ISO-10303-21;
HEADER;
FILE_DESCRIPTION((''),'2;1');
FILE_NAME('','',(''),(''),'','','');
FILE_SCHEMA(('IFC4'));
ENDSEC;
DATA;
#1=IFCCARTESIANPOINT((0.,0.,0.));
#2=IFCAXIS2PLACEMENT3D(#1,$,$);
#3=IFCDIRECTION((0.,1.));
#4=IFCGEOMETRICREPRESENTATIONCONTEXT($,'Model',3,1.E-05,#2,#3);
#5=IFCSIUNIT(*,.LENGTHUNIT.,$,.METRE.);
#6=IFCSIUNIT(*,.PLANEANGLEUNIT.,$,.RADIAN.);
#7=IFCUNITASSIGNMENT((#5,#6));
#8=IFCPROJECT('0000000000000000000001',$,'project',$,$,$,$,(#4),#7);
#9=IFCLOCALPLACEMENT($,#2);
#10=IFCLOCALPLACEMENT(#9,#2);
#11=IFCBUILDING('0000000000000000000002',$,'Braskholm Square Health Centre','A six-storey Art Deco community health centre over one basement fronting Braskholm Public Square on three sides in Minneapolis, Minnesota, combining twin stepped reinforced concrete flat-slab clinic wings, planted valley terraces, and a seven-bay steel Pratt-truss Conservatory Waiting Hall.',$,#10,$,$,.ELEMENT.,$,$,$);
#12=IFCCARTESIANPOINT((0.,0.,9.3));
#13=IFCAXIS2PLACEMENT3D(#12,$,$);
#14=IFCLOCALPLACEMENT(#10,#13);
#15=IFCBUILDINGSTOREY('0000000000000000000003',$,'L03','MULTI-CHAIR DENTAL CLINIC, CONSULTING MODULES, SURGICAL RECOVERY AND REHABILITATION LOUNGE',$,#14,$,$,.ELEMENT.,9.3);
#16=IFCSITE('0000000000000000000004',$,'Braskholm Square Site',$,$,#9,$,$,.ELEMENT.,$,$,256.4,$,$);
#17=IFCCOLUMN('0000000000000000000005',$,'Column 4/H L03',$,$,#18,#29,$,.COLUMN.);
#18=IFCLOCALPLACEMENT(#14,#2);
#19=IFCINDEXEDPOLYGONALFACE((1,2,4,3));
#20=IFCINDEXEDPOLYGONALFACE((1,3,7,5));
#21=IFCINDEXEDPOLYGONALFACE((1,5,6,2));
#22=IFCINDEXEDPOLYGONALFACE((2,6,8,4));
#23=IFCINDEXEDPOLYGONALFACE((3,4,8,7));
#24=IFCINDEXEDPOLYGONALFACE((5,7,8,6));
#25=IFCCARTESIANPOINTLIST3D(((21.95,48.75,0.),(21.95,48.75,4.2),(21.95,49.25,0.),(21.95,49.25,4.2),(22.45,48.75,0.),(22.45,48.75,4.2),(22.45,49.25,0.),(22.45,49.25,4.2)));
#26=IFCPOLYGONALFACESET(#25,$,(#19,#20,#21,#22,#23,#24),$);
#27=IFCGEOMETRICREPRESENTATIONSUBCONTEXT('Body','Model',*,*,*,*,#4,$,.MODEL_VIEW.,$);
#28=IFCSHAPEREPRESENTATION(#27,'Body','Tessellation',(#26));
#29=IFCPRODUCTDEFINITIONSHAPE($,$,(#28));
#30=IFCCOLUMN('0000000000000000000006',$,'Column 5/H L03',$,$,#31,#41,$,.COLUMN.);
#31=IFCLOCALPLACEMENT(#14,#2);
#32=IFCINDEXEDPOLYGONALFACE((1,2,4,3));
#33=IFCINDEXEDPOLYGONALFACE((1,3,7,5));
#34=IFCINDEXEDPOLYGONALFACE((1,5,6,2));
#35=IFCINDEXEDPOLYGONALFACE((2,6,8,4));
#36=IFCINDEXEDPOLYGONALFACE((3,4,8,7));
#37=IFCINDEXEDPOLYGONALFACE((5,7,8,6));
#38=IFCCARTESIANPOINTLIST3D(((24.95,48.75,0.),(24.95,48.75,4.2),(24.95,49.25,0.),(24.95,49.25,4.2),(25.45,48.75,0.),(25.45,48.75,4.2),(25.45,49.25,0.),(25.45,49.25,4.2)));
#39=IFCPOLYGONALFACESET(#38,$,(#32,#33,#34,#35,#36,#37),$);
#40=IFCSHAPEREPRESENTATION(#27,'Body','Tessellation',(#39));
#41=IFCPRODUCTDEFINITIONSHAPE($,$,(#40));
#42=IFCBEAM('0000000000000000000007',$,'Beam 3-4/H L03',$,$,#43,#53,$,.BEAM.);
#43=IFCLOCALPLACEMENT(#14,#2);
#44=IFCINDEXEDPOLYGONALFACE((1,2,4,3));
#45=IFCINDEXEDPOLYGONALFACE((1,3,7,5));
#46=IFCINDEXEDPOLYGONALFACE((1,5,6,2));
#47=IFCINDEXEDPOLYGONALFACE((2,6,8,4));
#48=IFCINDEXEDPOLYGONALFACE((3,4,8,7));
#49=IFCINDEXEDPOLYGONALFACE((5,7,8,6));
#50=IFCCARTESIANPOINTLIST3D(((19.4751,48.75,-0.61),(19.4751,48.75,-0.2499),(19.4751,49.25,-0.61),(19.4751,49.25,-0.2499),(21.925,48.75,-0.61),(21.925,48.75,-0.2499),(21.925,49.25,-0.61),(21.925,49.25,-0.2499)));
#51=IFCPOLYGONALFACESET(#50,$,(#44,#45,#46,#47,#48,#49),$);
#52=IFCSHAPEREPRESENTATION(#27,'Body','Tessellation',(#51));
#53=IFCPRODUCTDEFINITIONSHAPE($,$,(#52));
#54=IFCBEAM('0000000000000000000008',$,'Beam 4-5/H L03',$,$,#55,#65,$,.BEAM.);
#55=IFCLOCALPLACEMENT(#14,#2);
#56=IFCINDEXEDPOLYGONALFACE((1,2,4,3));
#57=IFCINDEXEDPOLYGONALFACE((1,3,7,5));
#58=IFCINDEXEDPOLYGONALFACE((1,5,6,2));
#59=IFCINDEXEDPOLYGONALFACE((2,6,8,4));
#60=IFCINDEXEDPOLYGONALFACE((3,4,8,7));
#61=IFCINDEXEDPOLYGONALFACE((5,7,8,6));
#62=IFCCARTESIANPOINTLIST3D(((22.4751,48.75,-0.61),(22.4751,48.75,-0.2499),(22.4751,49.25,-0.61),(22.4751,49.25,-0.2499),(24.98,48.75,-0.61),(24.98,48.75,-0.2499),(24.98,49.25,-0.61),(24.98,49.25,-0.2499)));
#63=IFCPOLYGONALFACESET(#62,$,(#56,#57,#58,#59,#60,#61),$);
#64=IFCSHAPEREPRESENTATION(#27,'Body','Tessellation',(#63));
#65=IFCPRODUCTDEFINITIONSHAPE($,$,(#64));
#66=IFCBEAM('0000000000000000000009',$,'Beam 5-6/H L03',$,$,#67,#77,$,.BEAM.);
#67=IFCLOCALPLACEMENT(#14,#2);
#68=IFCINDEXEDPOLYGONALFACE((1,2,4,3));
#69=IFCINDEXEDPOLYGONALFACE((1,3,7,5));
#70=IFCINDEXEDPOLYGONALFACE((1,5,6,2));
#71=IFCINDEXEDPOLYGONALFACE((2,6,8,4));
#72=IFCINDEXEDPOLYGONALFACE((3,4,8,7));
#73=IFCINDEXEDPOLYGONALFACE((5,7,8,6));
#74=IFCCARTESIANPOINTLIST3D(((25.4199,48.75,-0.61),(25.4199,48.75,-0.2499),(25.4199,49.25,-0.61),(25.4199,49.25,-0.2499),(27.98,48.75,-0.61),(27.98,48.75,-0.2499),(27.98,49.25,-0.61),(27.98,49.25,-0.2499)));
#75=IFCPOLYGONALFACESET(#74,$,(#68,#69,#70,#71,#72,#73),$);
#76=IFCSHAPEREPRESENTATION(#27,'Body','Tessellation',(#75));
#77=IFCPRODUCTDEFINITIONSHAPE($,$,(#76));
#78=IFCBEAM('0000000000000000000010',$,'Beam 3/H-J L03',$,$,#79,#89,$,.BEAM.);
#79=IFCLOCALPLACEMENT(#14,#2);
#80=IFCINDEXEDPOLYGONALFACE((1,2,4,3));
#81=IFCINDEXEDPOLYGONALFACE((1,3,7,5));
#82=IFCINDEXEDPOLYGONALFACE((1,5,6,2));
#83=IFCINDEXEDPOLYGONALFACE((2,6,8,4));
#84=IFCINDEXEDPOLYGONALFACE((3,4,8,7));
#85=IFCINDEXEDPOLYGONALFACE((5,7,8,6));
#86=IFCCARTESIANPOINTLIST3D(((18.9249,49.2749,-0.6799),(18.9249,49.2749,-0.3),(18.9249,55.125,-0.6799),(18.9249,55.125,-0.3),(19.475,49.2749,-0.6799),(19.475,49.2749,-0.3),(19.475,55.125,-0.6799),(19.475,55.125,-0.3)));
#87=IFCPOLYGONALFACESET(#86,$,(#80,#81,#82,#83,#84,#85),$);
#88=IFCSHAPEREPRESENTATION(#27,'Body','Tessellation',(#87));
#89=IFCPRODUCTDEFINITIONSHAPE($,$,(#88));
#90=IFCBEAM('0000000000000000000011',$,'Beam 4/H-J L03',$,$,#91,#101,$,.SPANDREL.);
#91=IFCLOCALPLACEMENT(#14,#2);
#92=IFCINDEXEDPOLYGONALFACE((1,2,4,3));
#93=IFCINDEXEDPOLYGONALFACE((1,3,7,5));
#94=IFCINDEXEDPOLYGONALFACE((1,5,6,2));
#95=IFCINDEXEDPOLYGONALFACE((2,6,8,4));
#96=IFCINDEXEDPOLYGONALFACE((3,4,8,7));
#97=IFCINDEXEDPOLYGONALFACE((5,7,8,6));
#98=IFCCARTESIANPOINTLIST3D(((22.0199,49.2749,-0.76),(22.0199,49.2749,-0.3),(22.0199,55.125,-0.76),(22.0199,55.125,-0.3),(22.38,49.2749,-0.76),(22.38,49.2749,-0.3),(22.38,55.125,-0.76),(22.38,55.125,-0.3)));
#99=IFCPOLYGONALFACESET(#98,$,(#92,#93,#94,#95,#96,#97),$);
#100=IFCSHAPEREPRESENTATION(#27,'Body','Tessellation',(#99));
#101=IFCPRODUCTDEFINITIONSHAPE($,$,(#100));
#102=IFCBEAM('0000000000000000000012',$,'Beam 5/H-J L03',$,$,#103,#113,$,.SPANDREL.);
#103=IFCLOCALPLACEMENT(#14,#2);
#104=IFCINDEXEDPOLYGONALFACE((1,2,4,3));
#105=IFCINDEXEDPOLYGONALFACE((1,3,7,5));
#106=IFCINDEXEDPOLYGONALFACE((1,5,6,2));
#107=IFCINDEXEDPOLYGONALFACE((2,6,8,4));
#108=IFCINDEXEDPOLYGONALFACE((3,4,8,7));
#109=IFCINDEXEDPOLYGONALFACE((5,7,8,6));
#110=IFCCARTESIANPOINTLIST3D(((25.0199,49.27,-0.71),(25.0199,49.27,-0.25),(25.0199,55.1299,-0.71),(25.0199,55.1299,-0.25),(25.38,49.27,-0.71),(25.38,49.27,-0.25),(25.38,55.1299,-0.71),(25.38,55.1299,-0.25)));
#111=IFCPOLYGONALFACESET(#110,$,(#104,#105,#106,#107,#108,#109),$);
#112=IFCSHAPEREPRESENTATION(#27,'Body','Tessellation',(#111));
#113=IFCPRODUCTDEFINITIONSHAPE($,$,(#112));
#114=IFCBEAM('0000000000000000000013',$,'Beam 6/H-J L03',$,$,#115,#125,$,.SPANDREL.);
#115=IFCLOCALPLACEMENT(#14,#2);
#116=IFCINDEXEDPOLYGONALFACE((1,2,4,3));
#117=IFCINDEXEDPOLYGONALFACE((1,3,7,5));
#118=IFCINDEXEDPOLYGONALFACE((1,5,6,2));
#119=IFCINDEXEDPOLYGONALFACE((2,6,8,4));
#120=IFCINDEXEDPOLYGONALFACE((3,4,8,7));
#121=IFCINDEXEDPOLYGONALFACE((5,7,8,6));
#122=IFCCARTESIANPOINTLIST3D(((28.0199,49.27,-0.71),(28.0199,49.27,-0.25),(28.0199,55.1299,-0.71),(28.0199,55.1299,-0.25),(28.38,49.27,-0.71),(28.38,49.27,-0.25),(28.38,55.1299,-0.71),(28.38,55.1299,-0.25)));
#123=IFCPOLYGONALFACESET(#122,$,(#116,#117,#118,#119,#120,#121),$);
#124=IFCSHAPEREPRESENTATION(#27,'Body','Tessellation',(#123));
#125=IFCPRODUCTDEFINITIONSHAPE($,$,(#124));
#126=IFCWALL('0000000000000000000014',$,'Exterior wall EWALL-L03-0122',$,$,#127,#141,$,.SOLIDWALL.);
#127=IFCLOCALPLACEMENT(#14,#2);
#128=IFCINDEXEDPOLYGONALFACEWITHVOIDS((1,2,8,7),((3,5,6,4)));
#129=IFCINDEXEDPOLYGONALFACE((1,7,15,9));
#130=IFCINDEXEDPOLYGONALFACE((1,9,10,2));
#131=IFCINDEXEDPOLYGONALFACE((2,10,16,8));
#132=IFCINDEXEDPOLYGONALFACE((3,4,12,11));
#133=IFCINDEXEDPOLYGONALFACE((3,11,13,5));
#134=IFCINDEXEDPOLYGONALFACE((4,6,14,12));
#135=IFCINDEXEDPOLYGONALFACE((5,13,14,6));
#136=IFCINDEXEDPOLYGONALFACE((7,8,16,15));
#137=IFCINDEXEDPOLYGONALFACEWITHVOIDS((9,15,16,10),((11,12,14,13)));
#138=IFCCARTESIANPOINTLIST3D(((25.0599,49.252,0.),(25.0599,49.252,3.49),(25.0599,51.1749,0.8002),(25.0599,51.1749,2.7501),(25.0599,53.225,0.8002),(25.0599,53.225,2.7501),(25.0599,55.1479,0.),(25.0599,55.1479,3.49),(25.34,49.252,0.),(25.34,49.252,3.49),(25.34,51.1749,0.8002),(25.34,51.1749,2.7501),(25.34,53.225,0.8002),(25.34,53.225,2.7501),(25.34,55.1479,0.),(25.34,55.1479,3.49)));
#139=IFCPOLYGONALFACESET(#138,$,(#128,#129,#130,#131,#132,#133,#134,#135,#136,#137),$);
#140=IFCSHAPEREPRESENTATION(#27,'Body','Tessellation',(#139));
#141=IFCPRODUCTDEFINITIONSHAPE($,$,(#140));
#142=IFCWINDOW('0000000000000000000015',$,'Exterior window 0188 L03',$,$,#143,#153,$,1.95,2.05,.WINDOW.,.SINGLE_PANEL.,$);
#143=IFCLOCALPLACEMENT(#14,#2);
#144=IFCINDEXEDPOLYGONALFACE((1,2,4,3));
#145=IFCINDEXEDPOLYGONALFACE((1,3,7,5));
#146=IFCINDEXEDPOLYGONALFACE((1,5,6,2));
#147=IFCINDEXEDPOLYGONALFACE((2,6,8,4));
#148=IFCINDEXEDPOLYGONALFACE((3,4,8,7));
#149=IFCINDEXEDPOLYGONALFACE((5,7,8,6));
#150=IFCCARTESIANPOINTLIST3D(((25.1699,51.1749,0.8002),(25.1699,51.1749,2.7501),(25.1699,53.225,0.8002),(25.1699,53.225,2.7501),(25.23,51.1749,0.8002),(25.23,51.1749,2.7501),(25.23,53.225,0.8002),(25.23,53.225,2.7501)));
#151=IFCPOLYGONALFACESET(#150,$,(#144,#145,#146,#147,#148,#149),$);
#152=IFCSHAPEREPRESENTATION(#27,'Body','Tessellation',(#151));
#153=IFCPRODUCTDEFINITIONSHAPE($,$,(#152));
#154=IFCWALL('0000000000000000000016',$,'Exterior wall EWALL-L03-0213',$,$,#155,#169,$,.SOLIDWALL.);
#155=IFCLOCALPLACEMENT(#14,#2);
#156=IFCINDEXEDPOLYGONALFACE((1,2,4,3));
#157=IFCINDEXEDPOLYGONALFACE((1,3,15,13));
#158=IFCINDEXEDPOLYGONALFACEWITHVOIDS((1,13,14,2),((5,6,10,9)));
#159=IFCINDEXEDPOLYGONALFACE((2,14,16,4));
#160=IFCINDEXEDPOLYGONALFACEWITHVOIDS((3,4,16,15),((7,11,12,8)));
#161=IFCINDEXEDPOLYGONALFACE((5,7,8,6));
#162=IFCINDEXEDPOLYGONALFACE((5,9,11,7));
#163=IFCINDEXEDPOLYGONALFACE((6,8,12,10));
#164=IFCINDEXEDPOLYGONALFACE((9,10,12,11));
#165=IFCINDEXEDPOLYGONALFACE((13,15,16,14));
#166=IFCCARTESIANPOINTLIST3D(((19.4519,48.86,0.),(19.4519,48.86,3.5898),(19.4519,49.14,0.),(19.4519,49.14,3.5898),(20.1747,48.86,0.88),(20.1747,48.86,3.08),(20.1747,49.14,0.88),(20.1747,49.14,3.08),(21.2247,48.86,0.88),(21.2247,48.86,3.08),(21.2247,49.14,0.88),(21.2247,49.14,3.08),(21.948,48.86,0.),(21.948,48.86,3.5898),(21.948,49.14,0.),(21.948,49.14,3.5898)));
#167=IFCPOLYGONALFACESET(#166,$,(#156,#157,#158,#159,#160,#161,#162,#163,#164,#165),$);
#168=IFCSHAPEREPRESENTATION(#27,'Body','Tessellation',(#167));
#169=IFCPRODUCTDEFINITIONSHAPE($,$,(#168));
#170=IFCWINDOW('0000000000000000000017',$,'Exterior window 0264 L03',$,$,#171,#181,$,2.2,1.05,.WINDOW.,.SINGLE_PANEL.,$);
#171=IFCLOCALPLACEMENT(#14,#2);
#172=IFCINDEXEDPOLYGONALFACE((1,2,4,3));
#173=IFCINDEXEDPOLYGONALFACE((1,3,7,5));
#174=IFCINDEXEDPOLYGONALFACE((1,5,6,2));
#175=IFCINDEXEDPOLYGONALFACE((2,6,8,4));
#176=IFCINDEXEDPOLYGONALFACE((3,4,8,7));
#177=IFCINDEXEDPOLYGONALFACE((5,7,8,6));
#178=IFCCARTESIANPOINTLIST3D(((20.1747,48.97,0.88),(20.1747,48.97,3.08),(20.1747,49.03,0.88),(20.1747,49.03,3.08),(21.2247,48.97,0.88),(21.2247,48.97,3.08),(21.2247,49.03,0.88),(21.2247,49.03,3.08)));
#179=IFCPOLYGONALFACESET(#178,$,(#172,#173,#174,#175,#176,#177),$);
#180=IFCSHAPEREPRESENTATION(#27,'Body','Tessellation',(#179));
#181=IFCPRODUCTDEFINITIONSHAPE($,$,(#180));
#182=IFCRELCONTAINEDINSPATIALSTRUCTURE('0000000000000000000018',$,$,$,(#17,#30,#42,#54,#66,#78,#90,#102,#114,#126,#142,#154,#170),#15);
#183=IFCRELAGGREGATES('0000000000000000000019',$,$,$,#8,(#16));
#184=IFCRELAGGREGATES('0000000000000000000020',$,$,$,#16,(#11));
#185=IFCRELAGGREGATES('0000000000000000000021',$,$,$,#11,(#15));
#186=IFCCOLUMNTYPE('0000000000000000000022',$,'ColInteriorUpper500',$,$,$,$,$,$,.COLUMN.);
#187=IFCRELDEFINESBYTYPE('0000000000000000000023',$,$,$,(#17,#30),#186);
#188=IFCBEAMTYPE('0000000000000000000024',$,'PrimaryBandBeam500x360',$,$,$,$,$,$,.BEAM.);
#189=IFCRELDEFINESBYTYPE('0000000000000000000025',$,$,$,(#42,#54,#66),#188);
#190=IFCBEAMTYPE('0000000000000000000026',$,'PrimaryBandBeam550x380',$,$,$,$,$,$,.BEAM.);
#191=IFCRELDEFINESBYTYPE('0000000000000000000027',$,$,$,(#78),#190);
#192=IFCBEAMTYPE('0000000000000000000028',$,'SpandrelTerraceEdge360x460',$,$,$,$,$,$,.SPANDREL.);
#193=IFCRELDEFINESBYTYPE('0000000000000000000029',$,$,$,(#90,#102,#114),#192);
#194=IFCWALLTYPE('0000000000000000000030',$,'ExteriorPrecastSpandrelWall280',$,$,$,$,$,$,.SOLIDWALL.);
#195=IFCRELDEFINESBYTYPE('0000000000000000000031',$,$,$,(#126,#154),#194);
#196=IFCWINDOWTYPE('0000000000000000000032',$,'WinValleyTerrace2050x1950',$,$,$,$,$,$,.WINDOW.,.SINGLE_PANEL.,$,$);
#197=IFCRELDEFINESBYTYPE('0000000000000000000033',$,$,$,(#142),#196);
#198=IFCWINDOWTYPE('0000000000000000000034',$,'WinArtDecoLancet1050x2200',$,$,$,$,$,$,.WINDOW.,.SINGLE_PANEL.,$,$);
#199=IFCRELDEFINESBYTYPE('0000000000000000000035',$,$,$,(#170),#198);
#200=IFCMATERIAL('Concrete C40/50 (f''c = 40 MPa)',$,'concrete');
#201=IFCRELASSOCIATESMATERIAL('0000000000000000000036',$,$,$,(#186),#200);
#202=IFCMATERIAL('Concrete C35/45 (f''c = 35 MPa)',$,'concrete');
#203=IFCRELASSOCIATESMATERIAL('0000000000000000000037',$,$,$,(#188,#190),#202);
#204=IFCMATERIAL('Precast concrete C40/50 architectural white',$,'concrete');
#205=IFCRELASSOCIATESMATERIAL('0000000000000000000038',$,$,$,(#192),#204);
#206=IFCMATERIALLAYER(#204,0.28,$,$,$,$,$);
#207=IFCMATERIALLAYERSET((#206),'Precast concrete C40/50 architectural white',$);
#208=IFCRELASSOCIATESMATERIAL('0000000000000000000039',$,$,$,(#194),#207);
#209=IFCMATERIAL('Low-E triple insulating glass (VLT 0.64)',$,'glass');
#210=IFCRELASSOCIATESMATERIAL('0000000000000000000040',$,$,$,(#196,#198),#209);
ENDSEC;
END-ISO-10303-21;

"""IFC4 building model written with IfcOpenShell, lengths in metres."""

from ifc_helpers import new_model, si_unit, direction, frame, frame_2d, origin, origin_with_axes, origin_2d, place, context, subcontext, project, spatial, rectangle, extrude, material, layer, layer_set, material_profile, profile_set, type_object, element, fill, save


model = new_model("IFC4")

# Units and contexts
model_context = context("Model", 3, precision=1e-05, world=origin(), true_north=direction((0.0, 1.0)))
body_context = subcontext(model_context, "Body", "Model", "MODEL_VIEW")
ifc_project = project(units=[si_unit("LENGTHUNIT", "METRE"), si_unit("PLANEANGLEUNIT", "RADIAN")], contexts=[model_context])

# Site, building, storey
site_placement = place(None, origin())
site = spatial("IfcSite", under=ifc_project, at=site_placement, Name="Braskholm Square Site", CompositionType="ELEMENT", RefElevation=256.4)
building_placement = place(site_placement, origin())
building = spatial("IfcBuilding", under=site, at=building_placement, Name="Braskholm Square Health Centre", Description="A six-storey Art Deco community health centre over one basement fronting Braskholm Public Square on three sides in Minneapolis, Minnesota, combining twin stepped reinforced concrete flat-slab clinic wings, planted valley terraces, and a seven-bay steel Pratt-truss Conservatory Waiting Hall.", CompositionType="ELEMENT")
storey_placement = place(building_placement, frame((0.0, 0.0, 9.3)))
storey = spatial("IfcBuildingStorey", under=building, at=storey_placement, Name="L03", Description="MULTI-CHAIR DENTAL CLINIC, CONSULTING MODULES, SURGICAL RECOVERY AND REHABILITATION LOUNGE", CompositionType="ELEMENT", Elevation=9.3)

# Columns
ifc_material_1 = material(Name="Concrete C40/50 (f'c = 40 MPa)", Category="concrete")
ifc_material_profile_1 = material_profile(ifc_material_1, rectangle(XDim=0.5, YDim=0.5, at=origin_2d()), Name="RC-500X500")
ifc_profile_set_1 = profile_set([ifc_material_profile_1], Name="Concrete C40/50 (f'c = 40 MPa)")
column_type = type_object("IfcColumnType", Name="ColInteriorUpper500", PredefinedType="COLUMN", material=ifc_profile_set_1)
for number, where, z_axis, x_axis, name in (
    (1, (22.2, 49.0, 0.0), (0.0, 0.0, 1.0), (1.0, 0.0, 0.0), "Column 4/H L03"),
    (2, (25.2, 49.0, 0.0), (0.0, 0.0, 1.0), (1.0, 0.0, 0.0), "Column 5/H L03"),
):
    element("IfcColumn", number, at=place(storey_placement, frame(where, z_axis=z_axis, x_axis=x_axis)), inside=storey, type_object=column_type, Name=name, PredefinedType="COLUMN", context=body_context, shape_type="SweptSolid", body=[
        extrude(rectangle(XDim=0.5, YDim=0.5, at=origin_2d()), origin(), (0.0, 0.0, 1.0), 4.2),
    ])

# Beams
ifc_material_2 = material(Name="Concrete C35/45 (f'c = 35 MPa)", Category="concrete")
ifc_material_profile_2 = material_profile(ifc_material_2, rectangle(XDim=0.5, YDim=0.3601, at=origin_2d()), Name="RCB-500X360")
ifc_profile_set_2 = profile_set([ifc_material_profile_2], Name="Concrete C35/45 (f'c = 35 MPa)")
beam_type_1 = type_object("IfcBeamType", Name="PrimaryBandBeam500x360", PredefinedType="BEAM", material=ifc_profile_set_2)
beam_1_placement = place(storey_placement, frame((19.4751, 49.0, -0.4299), z_axis=(1.0, 0.0, 0.0), x_axis=(0.0, 1.0, 0.0)))
element("IfcBeam", 3, at=beam_1_placement, inside=storey, type_object=beam_type_1, Name="Beam 3-4/H L03", PredefinedType="BEAM", context=body_context, shape_type="SweptSolid", body=[
    extrude(rectangle(XDim=0.5, YDim=0.3601, at=origin_2d()), origin(), (0.0, 0.0, 1.0), 2.45),
])
beam_2_placement = place(storey_placement, frame((22.4751, 49.0, -0.4299), z_axis=(1.0, 0.0, 0.0), x_axis=(0.0, 1.0, 0.0)))
element("IfcBeam", 4, at=beam_2_placement, inside=storey, type_object=beam_type_1, Name="Beam 4-5/H L03", PredefinedType="BEAM", context=body_context, shape_type="SweptSolid", body=[
    extrude(rectangle(XDim=0.5, YDim=0.3601, at=origin_2d()), origin(), (0.0, 0.0, 1.0), 2.5049),
])
beam_3_placement = place(storey_placement, frame((25.4199, 49.0, -0.4299), z_axis=(1.0, 0.0, 0.0), x_axis=(0.0, 1.0, 0.0)))
element("IfcBeam", 5, at=beam_3_placement, inside=storey, type_object=beam_type_1, Name="Beam 5-6/H L03", PredefinedType="BEAM", context=body_context, shape_type="SweptSolid", body=[
    extrude(rectangle(XDim=0.5, YDim=0.3601, at=origin_2d()), origin(), (0.0, 0.0, 1.0), 2.5601),
])
ifc_material_profile_3 = material_profile(ifc_material_2, rectangle(XDim=0.55, YDim=0.3799, at=origin_2d()), Name="RCB-550X380")
ifc_profile_set_3 = profile_set([ifc_material_profile_3], Name="Concrete C35/45 (f'c = 35 MPa)")
beam_type_2 = type_object("IfcBeamType", Name="PrimaryBandBeam550x380", PredefinedType="BEAM", material=ifc_profile_set_3)
beam_4_placement = place(storey_placement, frame((19.2, 49.2749, -0.49), z_axis=(0.0, 1.0, 0.0), x_axis=(-1.0, 0.0, 0.0)))
element("IfcBeam", 6, at=beam_4_placement, inside=storey, type_object=beam_type_2, Name="Beam 3/H-J L03", PredefinedType="BEAM", context=body_context, shape_type="SweptSolid", body=[
    extrude(rectangle(XDim=0.55, YDim=0.3799, at=origin_2d()), origin(), (0.0, 0.0, 1.0), 5.8501),
])
ifc_material_3 = material(Name="Precast concrete C40/50 architectural white", Category="concrete")
ifc_material_profile_4 = material_profile(ifc_material_3, rectangle(XDim=0.3601, YDim=0.46, at=origin_2d()), Name="RCB-360X460")
ifc_profile_set_4 = profile_set([ifc_material_profile_4], Name="Precast concrete C40/50 architectural white")
beam_type_3 = type_object("IfcBeamType", Name="SpandrelTerraceEdge360x460", PredefinedType="SPANDREL", material=ifc_profile_set_4)
beam_5_placement = place(storey_placement, frame((22.2, 49.2749, -0.53), z_axis=(0.0, 1.0, 0.0), x_axis=(-1.0, 0.0, 0.0)))
element("IfcBeam", 7, at=beam_5_placement, inside=storey, type_object=beam_type_3, Name="Beam 4/H-J L03", PredefinedType="SPANDREL", context=body_context, shape_type="SweptSolid", body=[
    extrude(rectangle(XDim=0.3601, YDim=0.46, at=origin_2d()), origin(), (0.0, 0.0, 1.0), 5.8501),
])
for number, where, z_axis, x_axis, name in (
    (8, (25.2, 49.27, -0.48), (0.0, 1.0, 0.0), (-1.0, 0.0, 0.0), "Beam 5/H-J L03"),
    (9, (28.2, 49.27, -0.48), (0.0, 1.0, 0.0), (-1.0, 0.0, 0.0), "Beam 6/H-J L03"),
):
    element("IfcBeam", number, at=place(storey_placement, frame(where, z_axis=z_axis, x_axis=x_axis)), inside=storey, type_object=beam_type_3, Name=name, PredefinedType="SPANDREL", context=body_context, shape_type="SweptSolid", body=[
        extrude(rectangle(XDim=0.3601, YDim=0.46, at=origin_2d()), origin(), (0.0, 0.0, 1.0), 5.8599),
    ])

# Walls, openings, windows
ifc_layer_1 = layer(ifc_material_3, 0.28)
ifc_layer_set_1 = layer_set([ifc_layer_1], Name="Precast concrete C40/50 architectural white")
wall_type_1 = type_object("IfcWallType", Name="ExteriorPrecastSpandrelWall280", PredefinedType="SOLIDWALL", material=ifc_layer_set_1)
wall_1_placement = place(storey_placement, frame((25.2, 49.252, 0.0), z_axis=(0.0, 0.0, 1.0), x_axis=(0.0, 1.0, 0.0)))
wall_1 = element("IfcWall", 10, at=wall_1_placement, inside=storey, type_object=wall_type_1, Name="Exterior wall EWALL-L03-0122", PredefinedType="SOLIDWALL", context=body_context, shape_type="SweptSolid", body=[
    extrude(rectangle(XDim=5.896, YDim=0.28, at=frame_2d((2.948, 0.0))), origin(), (0.0, 0.0, 1.0), 3.49),
])
opening_1_placement = place(wall_1_placement, frame((1.9231, 0.0, 0.8)))
opening_1 = element("IfcOpeningElement", 11, at=opening_1_placement, cuts=wall_1, PredefinedType="OPENING", context=body_context, shape_type="SweptSolid", body=[
    extrude(rectangle(XDim=2.05, YDim=1.95, at=frame_2d((1.0249, 0.9751))), frame((0.0, 0.1499, 0.0), z_axis=(0.0, -1.0, 0.0), x_axis=(1.0, 0.0, 0.0)), (0.0, 0.0, 1.0), 0.3),
])
ifc_material_4 = material(Name="Low-E triple insulating glass (VLT 0.64)", Category="glass")
window_type_1 = type_object("IfcWindowType", Name="WinValleyTerrace2050x1950", PartitioningType="SINGLE_PANEL", PredefinedType="WINDOW", material=ifc_material_4)
window_1_placement = place(opening_1_placement, origin_with_axes())
window_1 = element("IfcWindow", 12, at=window_1_placement, inside=storey, type_object=window_type_1, Name="Exterior window 0188 L03", OverallHeight=1.95, OverallWidth=2.05, PartitioningType="SINGLE_PANEL", PredefinedType="WINDOW", context=body_context, shape_type="SweptSolid", body=[
    extrude(rectangle(XDim=2.05, YDim=1.95, at=frame_2d((1.0249, 0.9751))), frame((0.0, 0.03, 0.0), z_axis=(0.0, -1.0, 0.0), x_axis=(1.0, 0.0, 0.0)), (0.0, 0.0, 1.0), 0.0601),
])
fill(opening_1, window_1)
wall_2_placement = place(storey_placement, frame((19.4519, 49.0, 0.0), z_axis=(0.0, 0.0, 1.0), x_axis=(1.0, 0.0, 0.0)))
wall_2 = element("IfcWall", 13, at=wall_2_placement, inside=storey, type_object=wall_type_1, Name="Exterior wall EWALL-L03-0213", PredefinedType="SOLIDWALL", context=body_context, shape_type="SweptSolid", body=[
    extrude(rectangle(XDim=2.4961, YDim=0.28, at=frame_2d((1.248, 0.0))), origin(), (0.0, 0.0, 1.0), 3.5898),
])
opening_2_placement = place(wall_2_placement, frame((0.7229, 0.0, 0.8799)))
opening_2 = element("IfcOpeningElement", 14, at=opening_2_placement, cuts=wall_2, PredefinedType="OPENING", context=body_context, shape_type="SweptSolid", body=[
    extrude(rectangle(XDim=1.05, YDim=2.2, at=frame_2d((0.5249, 1.1001))), frame((0.0, 0.1499, 0.0), z_axis=(0.0, -1.0, 0.0), x_axis=(1.0, 0.0, 0.0)), (0.0, 0.0, 1.0), 0.3),
])
window_type_2 = type_object("IfcWindowType", Name="WinArtDecoLancet1050x2200", PartitioningType="SINGLE_PANEL", PredefinedType="WINDOW", material=ifc_material_4)
window_2_placement = place(opening_2_placement, origin_with_axes())
window_2 = element("IfcWindow", 15, at=window_2_placement, inside=storey, type_object=window_type_2, Name="Exterior window 0264 L03", OverallHeight=2.2, OverallWidth=1.05, PartitioningType="SINGLE_PANEL", PredefinedType="WINDOW", context=body_context, shape_type="SweptSolid", body=[
    extrude(rectangle(XDim=1.05, YDim=2.2, at=frame_2d((0.5249, 1.1001))), frame((0.0, 0.03, 0.0), z_axis=(0.0, -1.0, 0.0), x_axis=(1.0, 0.0, 0.0)), (0.0, 0.0, 1.0), 0.0601),
])
fill(opening_2, window_2)

save(model, "model.ifc")
